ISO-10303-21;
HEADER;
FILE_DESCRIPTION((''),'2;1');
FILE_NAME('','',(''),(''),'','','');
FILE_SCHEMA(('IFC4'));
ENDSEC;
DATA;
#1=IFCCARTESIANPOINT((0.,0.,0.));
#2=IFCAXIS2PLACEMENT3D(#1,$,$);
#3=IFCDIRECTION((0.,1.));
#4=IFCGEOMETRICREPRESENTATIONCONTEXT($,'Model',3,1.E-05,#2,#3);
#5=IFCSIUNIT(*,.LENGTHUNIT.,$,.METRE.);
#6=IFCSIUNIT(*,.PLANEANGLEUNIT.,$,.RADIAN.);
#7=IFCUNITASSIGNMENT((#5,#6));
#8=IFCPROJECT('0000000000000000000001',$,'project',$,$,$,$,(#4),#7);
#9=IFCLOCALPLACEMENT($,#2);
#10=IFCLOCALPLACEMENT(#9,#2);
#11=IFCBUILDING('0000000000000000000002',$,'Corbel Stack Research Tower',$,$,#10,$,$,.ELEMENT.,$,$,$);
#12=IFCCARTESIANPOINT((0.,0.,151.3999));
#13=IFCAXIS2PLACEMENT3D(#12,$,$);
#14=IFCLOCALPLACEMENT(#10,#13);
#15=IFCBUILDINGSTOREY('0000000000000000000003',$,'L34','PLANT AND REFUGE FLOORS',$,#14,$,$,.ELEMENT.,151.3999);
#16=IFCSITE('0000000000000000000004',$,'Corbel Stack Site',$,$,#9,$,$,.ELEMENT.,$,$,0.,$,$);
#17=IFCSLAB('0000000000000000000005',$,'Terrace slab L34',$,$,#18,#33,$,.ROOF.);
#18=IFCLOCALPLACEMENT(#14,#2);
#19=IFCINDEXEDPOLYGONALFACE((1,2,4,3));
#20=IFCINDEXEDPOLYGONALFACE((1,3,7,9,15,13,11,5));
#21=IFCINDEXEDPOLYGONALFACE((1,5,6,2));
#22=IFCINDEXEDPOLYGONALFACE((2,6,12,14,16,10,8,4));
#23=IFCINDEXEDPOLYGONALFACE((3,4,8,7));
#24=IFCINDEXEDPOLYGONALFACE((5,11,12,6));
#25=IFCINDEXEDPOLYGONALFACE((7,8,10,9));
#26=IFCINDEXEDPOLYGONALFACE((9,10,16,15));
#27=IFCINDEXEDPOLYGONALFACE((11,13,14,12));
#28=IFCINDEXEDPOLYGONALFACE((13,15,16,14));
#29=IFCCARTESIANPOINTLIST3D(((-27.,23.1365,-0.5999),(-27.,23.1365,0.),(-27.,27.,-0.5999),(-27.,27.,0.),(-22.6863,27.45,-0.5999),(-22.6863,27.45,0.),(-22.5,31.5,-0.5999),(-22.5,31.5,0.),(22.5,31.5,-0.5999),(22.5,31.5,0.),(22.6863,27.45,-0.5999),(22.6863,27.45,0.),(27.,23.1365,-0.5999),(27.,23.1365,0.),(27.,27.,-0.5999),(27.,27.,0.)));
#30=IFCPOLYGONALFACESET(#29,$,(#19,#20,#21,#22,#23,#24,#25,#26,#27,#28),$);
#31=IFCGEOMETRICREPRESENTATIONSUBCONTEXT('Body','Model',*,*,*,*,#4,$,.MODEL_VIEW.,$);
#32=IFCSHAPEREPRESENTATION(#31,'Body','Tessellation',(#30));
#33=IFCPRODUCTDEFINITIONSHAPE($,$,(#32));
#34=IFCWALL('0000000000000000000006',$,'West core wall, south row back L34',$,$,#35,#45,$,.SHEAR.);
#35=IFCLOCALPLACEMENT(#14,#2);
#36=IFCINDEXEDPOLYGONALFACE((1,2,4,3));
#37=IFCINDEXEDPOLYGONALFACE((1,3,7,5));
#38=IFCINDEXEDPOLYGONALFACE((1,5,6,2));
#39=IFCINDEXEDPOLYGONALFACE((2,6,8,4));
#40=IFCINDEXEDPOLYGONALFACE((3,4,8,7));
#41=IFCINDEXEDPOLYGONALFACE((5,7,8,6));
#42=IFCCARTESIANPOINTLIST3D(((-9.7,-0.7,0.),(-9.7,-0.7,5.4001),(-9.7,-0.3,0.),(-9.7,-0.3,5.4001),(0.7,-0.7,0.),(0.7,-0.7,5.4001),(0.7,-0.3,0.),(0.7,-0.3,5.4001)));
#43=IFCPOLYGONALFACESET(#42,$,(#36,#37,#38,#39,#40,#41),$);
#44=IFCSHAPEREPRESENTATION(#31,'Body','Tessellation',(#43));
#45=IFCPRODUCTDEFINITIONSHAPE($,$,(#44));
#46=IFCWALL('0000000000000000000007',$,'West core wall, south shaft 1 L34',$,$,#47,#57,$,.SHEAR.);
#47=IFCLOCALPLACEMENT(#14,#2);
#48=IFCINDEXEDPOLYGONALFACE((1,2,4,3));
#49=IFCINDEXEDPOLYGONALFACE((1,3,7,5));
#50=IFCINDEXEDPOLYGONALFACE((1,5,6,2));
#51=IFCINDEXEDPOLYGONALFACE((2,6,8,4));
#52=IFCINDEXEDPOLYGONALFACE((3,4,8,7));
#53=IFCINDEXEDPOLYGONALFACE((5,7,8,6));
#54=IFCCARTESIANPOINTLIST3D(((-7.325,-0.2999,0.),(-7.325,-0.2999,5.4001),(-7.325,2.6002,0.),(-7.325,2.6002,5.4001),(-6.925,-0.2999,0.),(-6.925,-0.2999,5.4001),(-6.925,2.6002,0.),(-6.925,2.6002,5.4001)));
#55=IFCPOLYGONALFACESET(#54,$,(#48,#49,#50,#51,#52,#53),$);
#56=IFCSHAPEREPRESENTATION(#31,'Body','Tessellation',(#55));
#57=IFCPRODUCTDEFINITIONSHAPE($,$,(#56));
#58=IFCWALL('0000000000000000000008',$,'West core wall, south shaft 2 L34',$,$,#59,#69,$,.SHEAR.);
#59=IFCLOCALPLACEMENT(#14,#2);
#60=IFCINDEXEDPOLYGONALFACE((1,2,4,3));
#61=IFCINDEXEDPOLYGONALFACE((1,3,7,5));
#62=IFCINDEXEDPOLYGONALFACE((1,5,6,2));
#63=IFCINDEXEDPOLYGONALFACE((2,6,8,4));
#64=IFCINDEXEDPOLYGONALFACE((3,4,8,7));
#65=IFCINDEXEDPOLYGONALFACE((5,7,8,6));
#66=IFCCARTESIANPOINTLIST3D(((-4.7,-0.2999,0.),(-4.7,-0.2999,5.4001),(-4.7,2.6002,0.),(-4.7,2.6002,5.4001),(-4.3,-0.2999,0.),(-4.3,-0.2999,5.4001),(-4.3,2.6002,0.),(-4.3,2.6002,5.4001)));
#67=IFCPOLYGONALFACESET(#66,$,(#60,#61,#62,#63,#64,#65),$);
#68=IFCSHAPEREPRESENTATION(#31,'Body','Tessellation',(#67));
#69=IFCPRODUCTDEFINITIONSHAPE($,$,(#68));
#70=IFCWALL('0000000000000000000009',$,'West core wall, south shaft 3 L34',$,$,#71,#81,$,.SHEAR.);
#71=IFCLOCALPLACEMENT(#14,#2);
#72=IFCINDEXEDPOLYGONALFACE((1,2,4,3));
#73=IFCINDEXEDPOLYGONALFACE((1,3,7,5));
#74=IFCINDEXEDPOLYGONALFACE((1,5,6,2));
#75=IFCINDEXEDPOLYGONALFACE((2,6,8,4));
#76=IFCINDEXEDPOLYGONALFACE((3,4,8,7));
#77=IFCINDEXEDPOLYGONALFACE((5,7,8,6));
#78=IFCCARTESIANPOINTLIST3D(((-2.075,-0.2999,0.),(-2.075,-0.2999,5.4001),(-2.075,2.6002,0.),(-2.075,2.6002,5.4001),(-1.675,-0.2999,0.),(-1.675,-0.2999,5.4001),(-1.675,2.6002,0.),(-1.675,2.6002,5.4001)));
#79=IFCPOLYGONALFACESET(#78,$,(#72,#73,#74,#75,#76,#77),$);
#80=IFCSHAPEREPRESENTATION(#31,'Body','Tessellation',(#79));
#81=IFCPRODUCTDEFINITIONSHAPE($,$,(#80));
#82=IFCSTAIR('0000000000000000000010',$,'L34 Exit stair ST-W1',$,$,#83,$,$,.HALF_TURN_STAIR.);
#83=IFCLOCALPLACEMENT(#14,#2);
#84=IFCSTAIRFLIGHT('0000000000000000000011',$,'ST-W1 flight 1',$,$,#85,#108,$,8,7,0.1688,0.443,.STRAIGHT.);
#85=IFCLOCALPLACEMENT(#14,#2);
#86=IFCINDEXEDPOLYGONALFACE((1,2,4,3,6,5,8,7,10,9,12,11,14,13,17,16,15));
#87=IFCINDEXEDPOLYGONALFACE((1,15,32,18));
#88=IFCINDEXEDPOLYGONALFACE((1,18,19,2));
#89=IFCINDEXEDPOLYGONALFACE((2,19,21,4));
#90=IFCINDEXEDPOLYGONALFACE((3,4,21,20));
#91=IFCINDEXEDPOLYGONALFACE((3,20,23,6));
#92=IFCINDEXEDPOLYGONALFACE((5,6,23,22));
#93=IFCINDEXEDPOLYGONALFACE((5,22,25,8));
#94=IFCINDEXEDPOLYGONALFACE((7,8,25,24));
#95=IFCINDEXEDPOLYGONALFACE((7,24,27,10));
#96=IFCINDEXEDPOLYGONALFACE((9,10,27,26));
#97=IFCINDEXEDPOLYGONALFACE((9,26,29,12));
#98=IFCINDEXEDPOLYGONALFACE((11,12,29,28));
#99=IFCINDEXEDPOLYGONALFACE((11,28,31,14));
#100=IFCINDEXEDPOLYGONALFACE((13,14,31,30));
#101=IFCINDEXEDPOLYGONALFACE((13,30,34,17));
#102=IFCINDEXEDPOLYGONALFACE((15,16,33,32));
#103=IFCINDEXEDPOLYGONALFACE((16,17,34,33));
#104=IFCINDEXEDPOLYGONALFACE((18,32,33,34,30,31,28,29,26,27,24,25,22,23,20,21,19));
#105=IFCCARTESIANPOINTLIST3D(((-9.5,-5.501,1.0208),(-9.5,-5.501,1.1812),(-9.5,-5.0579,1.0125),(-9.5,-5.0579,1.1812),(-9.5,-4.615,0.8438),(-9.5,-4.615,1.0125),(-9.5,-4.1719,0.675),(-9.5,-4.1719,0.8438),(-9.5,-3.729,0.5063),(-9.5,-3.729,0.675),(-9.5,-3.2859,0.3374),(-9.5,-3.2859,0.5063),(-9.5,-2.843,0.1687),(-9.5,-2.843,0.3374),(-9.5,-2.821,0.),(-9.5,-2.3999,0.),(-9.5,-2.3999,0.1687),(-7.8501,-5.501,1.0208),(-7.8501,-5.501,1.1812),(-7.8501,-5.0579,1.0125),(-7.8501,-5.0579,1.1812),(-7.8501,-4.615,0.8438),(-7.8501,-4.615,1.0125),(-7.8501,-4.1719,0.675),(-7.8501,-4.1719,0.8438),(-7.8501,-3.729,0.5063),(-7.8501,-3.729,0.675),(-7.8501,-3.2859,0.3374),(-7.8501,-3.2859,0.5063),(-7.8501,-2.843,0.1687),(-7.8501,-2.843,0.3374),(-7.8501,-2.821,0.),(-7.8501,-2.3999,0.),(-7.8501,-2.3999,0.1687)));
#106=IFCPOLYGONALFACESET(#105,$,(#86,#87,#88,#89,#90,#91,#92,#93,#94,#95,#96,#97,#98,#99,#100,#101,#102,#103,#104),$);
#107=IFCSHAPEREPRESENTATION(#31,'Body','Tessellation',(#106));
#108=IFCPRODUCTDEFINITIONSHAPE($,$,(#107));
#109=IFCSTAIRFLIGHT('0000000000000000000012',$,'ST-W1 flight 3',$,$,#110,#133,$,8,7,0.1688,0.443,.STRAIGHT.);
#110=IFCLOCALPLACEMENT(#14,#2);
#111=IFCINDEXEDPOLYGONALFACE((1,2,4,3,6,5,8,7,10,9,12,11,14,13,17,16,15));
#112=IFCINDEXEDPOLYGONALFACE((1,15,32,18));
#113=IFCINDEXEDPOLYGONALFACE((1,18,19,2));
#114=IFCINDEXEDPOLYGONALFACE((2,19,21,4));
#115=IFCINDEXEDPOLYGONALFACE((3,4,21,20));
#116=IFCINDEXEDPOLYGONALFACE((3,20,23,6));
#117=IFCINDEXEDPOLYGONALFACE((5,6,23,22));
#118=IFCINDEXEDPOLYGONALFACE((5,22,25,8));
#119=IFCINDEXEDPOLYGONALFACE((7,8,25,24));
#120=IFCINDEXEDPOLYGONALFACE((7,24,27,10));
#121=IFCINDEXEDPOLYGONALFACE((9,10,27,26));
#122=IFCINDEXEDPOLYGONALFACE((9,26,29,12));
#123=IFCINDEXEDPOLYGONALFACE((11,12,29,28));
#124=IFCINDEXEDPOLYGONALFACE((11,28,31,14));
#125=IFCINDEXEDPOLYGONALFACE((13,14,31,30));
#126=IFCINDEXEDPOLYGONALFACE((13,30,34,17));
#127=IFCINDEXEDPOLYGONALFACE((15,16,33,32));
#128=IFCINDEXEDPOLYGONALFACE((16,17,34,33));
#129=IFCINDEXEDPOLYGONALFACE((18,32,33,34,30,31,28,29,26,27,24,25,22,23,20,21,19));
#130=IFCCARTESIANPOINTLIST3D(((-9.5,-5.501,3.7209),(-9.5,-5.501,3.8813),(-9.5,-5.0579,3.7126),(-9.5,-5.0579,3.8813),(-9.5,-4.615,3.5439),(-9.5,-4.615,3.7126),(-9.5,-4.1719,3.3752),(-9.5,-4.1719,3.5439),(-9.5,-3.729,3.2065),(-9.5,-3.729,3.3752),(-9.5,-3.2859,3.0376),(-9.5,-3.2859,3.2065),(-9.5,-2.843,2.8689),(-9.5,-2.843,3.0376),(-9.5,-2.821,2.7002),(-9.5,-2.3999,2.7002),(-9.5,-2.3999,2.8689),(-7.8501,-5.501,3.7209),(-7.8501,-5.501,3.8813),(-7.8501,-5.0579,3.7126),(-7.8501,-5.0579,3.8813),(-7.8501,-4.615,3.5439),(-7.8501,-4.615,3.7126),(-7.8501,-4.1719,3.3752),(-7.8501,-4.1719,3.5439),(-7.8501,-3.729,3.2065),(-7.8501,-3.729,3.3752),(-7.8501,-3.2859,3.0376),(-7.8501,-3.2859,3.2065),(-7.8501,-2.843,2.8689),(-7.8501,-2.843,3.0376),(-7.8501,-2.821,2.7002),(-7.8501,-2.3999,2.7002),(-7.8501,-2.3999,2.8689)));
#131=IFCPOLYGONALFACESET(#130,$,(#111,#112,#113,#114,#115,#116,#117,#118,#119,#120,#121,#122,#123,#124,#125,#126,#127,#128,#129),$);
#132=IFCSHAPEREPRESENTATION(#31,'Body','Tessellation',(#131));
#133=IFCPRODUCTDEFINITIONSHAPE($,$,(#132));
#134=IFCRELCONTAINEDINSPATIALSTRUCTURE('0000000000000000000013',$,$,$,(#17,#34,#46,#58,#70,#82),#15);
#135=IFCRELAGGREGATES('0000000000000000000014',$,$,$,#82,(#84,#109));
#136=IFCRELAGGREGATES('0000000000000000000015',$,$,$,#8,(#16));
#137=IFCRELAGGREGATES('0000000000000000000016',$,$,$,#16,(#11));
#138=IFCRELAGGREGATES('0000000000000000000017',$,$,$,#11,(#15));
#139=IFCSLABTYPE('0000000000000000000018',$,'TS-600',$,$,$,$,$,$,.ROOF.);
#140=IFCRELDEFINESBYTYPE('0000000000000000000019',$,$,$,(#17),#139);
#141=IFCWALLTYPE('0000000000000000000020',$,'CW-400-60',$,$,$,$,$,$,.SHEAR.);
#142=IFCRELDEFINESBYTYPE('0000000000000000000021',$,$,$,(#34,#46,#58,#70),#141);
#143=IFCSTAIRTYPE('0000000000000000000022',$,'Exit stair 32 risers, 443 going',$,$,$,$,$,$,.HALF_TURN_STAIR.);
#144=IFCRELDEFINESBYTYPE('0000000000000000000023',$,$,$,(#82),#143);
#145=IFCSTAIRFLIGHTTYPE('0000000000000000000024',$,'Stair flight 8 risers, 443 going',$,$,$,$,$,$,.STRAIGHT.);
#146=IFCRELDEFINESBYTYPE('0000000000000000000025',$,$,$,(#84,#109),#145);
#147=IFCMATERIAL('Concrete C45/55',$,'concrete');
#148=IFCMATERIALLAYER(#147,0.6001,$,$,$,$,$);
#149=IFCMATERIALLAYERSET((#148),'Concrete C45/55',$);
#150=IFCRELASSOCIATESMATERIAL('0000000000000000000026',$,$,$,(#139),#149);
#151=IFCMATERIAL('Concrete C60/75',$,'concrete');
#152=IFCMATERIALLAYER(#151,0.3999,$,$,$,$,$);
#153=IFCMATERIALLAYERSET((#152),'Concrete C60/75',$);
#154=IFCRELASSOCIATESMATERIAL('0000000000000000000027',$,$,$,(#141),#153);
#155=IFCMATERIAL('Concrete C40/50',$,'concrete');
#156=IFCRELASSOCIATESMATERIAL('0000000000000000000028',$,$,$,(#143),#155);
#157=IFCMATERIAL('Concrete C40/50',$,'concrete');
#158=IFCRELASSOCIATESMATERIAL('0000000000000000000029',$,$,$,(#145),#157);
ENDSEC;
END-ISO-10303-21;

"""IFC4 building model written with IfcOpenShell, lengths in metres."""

from ifc_helpers import new_model, si_unit, direction, frame, frame_2d, origin, place, context, subcontext, project, spatial, polyline, rectangle, outline, extrude, material, layer, layer_set, type_object, element, aggregate, save


model = new_model("IFC4")

# Units and contexts
model_context = context("Model", 3, precision=1e-05, world=origin(), true_north=direction((0.0, 1.0)))
body_context = subcontext(model_context, "Body", "Model", "MODEL_VIEW")
ifc_project = project(units=[si_unit("LENGTHUNIT", "METRE"), si_unit("PLANEANGLEUNIT", "RADIAN")], contexts=[model_context])

# Site, building, storey
site_placement = place(None, origin())
site = spatial("IfcSite", under=ifc_project, at=site_placement, Name="Corbel Stack Site", CompositionType="ELEMENT", RefElevation=0.0)
building_placement = place(site_placement, origin())
building = spatial("IfcBuilding", under=site, at=building_placement, Name="Corbel Stack Research Tower", CompositionType="ELEMENT")
storey_placement = place(building_placement, frame((0.0, 0.0, 151.3999)))
storey = spatial("IfcBuildingStorey", under=building, at=storey_placement, Name="L34", Description="PLANT AND REFUGE FLOORS", CompositionType="ELEMENT", Elevation=151.3999)

# Slab
ifc_material_1 = material(Name="Concrete C45/55", Category="concrete")
ifc_layer_1 = layer(ifc_material_1, 0.6001)
ifc_layer_set_1 = layer_set([ifc_layer_1], Name="Concrete C45/55")
slab_type_1 = type_object("IfcSlabType", Name="TS-600", PredefinedType="ROOF", material=ifc_layer_set_1)
slab_1_placement = place(storey_placement, frame((0.0, 0.0, -0.5999)))
element("IfcSlab", 1, at=slab_1_placement, inside=storey, type_object=slab_type_1, Name="Terrace slab L34", PredefinedType="ROOF", context=body_context, shape_type="SweptSolid", body=[
    extrude(outline(polyline([(-27.0, 23.1365), (-22.6863, 27.45), (22.6863, 27.45), (27.0, 23.1365), (27.0, 27.0), (22.5, 31.5), (-22.5, 31.5), (-27.0, 27.0), (-27.0, 23.1365)])), origin(), (0.0, 0.0, 1.0), 0.5999),
])

# Walls
ifc_material_2 = material(Name="Concrete C60/75", Category="concrete")
ifc_layer_2 = layer(ifc_material_2, 0.3999)
ifc_layer_set_2 = layer_set([ifc_layer_2], Name="Concrete C60/75")
wall_type = type_object("IfcWallType", Name="CW-400-60", PredefinedType="SHEAR", material=ifc_layer_set_2)
wall_placement = place(storey_placement, frame((-9.7, -0.5, 0.0), z_axis=(0.0, 0.0, 1.0), x_axis=(1.0, 0.0, 0.0)))
element("IfcWall", 2, at=wall_placement, inside=storey, type_object=wall_type, Name="West core wall, south row back L34", PredefinedType="SHEAR", context=body_context, shape_type="SweptSolid", body=[
    extrude(rectangle(XDim=10.3999, YDim=0.3999, at=frame_2d((5.2, 0.0))), origin(), (0.0, 0.0, 1.0), 5.4001),
])
for number, where, z_axis, x_axis, name in (
    (3, (-7.125, -0.3, 0.0), (0.0, 0.0, 1.0), (0.0, 1.0, 0.0), "West core wall, south shaft 1 L34"),
    (4, (-4.5, -0.3, 0.0), (0.0, 0.0, 1.0), (0.0, 1.0, 0.0), "West core wall, south shaft 2 L34"),
    (5, (-1.875, -0.3, 0.0), (0.0, 0.0, 1.0), (0.0, 1.0, 0.0), "West core wall, south shaft 3 L34"),
):
    element("IfcWall", number, at=place(storey_placement, frame(where, z_axis=z_axis, x_axis=x_axis)), inside=storey, type_object=wall_type, Name=name, PredefinedType="SHEAR", context=body_context, shape_type="SweptSolid", body=[
        extrude(rectangle(XDim=2.9001, YDim=0.3999, at=frame_2d((1.4502, 0.0))), origin(), (0.0, 0.0, 1.0), 5.4001),
    ])

# Stair, stair flights
ifc_material_3 = material(Name="Concrete C40/50", Category="concrete")
stair_type = type_object("IfcStairType", Name="Exit stair 32 risers, 443 going", PredefinedType="HALF_TURN_STAIR", material=ifc_material_3)
stair_placement = place(storey_placement, origin())
stair = element("IfcStair", 6, at=stair_placement, inside=storey, type_object=stair_type, Name="L34 Exit stair ST-W1", PredefinedType="HALF_TURN_STAIR")
ifc_material_4 = material(Name="Concrete C40/50", Category="concrete")
stair_flight_type = type_object("IfcStairFlightType", Name="Stair flight 8 risers, 443 going", PredefinedType="STRAIGHT", material=ifc_material_4)
stair_flight_1_placement = place(storey_placement, frame((-8.675, -2.3999, 0.0), z_axis=(0.0, 0.0, 1.0), x_axis=(0.0, -1.0, 0.0)))
stair_flight_1 = element("IfcStairFlight", 7, at=stair_flight_1_placement, type_object=stair_flight_type, Name="ST-W1 flight 1", NumberOfRisers=8, NumberOfTreads=7, PredefinedType="STRAIGHT", RiserHeight=0.1688, TreadLength=0.443, context=body_context, shape_type="SweptSolid", body=[
    extrude(outline(polyline([(0.0, 0.0), (0.0, 0.1687), (0.4431, 0.1687), (0.4431, 0.3374), (0.886, 0.3374), (0.886, 0.5063), (1.3291, 0.5063), (1.3291, 0.675), (1.772, 0.675), (1.772, 0.8438), (2.2151, 0.8438), (2.2151, 1.0125), (2.658, 1.0125), (2.658, 1.1812), (3.1011, 1.1812), (3.1011, 1.3501), (3.1011, 1.0208), (0.4211, 0.0), (0.0, 0.0)])), frame((0.0, 0.825, 0.0), z_axis=(0.0, -1.0, 0.0), x_axis=(1.0, 0.0, 0.0)), (0.0, 0.0, 1.0), 1.6499),
])
stair_flight_2_placement = place(storey_placement, frame((-8.675, -2.3999, 2.7002), z_axis=(0.0, 0.0, 1.0), x_axis=(0.0, -1.0, 0.0)))
stair_flight_2 = element("IfcStairFlight", 8, at=stair_flight_2_placement, type_object=stair_flight_type, Name="ST-W1 flight 3", NumberOfRisers=8, NumberOfTreads=7, PredefinedType="STRAIGHT", RiserHeight=0.1688, TreadLength=0.443, context=body_context, shape_type="SweptSolid", body=[
    extrude(outline(polyline([(0.0, 0.0), (0.0, 0.1687), (0.4431, 0.1687), (0.4431, 0.3374), (0.886, 0.3374), (0.886, 0.5063), (1.3291, 0.5063), (1.3291, 0.675), (1.772, 0.675), (1.772, 0.8438), (2.2151, 0.8438), (2.2151, 1.0125), (2.658, 1.0125), (2.658, 1.1812), (3.1011, 1.1812), (3.1011, 1.3501), (3.1011, 1.0208), (0.4211, 0.0), (0.0, 0.0)])), frame((0.0, 0.825, 0.0), z_axis=(0.0, -1.0, 0.0), x_axis=(1.0, 0.0, 0.0)), (0.0, 0.0, 1.0), 1.6499),
])
aggregate(stair, [stair_flight_1, stair_flight_2])

save(model, "model.ifc")
